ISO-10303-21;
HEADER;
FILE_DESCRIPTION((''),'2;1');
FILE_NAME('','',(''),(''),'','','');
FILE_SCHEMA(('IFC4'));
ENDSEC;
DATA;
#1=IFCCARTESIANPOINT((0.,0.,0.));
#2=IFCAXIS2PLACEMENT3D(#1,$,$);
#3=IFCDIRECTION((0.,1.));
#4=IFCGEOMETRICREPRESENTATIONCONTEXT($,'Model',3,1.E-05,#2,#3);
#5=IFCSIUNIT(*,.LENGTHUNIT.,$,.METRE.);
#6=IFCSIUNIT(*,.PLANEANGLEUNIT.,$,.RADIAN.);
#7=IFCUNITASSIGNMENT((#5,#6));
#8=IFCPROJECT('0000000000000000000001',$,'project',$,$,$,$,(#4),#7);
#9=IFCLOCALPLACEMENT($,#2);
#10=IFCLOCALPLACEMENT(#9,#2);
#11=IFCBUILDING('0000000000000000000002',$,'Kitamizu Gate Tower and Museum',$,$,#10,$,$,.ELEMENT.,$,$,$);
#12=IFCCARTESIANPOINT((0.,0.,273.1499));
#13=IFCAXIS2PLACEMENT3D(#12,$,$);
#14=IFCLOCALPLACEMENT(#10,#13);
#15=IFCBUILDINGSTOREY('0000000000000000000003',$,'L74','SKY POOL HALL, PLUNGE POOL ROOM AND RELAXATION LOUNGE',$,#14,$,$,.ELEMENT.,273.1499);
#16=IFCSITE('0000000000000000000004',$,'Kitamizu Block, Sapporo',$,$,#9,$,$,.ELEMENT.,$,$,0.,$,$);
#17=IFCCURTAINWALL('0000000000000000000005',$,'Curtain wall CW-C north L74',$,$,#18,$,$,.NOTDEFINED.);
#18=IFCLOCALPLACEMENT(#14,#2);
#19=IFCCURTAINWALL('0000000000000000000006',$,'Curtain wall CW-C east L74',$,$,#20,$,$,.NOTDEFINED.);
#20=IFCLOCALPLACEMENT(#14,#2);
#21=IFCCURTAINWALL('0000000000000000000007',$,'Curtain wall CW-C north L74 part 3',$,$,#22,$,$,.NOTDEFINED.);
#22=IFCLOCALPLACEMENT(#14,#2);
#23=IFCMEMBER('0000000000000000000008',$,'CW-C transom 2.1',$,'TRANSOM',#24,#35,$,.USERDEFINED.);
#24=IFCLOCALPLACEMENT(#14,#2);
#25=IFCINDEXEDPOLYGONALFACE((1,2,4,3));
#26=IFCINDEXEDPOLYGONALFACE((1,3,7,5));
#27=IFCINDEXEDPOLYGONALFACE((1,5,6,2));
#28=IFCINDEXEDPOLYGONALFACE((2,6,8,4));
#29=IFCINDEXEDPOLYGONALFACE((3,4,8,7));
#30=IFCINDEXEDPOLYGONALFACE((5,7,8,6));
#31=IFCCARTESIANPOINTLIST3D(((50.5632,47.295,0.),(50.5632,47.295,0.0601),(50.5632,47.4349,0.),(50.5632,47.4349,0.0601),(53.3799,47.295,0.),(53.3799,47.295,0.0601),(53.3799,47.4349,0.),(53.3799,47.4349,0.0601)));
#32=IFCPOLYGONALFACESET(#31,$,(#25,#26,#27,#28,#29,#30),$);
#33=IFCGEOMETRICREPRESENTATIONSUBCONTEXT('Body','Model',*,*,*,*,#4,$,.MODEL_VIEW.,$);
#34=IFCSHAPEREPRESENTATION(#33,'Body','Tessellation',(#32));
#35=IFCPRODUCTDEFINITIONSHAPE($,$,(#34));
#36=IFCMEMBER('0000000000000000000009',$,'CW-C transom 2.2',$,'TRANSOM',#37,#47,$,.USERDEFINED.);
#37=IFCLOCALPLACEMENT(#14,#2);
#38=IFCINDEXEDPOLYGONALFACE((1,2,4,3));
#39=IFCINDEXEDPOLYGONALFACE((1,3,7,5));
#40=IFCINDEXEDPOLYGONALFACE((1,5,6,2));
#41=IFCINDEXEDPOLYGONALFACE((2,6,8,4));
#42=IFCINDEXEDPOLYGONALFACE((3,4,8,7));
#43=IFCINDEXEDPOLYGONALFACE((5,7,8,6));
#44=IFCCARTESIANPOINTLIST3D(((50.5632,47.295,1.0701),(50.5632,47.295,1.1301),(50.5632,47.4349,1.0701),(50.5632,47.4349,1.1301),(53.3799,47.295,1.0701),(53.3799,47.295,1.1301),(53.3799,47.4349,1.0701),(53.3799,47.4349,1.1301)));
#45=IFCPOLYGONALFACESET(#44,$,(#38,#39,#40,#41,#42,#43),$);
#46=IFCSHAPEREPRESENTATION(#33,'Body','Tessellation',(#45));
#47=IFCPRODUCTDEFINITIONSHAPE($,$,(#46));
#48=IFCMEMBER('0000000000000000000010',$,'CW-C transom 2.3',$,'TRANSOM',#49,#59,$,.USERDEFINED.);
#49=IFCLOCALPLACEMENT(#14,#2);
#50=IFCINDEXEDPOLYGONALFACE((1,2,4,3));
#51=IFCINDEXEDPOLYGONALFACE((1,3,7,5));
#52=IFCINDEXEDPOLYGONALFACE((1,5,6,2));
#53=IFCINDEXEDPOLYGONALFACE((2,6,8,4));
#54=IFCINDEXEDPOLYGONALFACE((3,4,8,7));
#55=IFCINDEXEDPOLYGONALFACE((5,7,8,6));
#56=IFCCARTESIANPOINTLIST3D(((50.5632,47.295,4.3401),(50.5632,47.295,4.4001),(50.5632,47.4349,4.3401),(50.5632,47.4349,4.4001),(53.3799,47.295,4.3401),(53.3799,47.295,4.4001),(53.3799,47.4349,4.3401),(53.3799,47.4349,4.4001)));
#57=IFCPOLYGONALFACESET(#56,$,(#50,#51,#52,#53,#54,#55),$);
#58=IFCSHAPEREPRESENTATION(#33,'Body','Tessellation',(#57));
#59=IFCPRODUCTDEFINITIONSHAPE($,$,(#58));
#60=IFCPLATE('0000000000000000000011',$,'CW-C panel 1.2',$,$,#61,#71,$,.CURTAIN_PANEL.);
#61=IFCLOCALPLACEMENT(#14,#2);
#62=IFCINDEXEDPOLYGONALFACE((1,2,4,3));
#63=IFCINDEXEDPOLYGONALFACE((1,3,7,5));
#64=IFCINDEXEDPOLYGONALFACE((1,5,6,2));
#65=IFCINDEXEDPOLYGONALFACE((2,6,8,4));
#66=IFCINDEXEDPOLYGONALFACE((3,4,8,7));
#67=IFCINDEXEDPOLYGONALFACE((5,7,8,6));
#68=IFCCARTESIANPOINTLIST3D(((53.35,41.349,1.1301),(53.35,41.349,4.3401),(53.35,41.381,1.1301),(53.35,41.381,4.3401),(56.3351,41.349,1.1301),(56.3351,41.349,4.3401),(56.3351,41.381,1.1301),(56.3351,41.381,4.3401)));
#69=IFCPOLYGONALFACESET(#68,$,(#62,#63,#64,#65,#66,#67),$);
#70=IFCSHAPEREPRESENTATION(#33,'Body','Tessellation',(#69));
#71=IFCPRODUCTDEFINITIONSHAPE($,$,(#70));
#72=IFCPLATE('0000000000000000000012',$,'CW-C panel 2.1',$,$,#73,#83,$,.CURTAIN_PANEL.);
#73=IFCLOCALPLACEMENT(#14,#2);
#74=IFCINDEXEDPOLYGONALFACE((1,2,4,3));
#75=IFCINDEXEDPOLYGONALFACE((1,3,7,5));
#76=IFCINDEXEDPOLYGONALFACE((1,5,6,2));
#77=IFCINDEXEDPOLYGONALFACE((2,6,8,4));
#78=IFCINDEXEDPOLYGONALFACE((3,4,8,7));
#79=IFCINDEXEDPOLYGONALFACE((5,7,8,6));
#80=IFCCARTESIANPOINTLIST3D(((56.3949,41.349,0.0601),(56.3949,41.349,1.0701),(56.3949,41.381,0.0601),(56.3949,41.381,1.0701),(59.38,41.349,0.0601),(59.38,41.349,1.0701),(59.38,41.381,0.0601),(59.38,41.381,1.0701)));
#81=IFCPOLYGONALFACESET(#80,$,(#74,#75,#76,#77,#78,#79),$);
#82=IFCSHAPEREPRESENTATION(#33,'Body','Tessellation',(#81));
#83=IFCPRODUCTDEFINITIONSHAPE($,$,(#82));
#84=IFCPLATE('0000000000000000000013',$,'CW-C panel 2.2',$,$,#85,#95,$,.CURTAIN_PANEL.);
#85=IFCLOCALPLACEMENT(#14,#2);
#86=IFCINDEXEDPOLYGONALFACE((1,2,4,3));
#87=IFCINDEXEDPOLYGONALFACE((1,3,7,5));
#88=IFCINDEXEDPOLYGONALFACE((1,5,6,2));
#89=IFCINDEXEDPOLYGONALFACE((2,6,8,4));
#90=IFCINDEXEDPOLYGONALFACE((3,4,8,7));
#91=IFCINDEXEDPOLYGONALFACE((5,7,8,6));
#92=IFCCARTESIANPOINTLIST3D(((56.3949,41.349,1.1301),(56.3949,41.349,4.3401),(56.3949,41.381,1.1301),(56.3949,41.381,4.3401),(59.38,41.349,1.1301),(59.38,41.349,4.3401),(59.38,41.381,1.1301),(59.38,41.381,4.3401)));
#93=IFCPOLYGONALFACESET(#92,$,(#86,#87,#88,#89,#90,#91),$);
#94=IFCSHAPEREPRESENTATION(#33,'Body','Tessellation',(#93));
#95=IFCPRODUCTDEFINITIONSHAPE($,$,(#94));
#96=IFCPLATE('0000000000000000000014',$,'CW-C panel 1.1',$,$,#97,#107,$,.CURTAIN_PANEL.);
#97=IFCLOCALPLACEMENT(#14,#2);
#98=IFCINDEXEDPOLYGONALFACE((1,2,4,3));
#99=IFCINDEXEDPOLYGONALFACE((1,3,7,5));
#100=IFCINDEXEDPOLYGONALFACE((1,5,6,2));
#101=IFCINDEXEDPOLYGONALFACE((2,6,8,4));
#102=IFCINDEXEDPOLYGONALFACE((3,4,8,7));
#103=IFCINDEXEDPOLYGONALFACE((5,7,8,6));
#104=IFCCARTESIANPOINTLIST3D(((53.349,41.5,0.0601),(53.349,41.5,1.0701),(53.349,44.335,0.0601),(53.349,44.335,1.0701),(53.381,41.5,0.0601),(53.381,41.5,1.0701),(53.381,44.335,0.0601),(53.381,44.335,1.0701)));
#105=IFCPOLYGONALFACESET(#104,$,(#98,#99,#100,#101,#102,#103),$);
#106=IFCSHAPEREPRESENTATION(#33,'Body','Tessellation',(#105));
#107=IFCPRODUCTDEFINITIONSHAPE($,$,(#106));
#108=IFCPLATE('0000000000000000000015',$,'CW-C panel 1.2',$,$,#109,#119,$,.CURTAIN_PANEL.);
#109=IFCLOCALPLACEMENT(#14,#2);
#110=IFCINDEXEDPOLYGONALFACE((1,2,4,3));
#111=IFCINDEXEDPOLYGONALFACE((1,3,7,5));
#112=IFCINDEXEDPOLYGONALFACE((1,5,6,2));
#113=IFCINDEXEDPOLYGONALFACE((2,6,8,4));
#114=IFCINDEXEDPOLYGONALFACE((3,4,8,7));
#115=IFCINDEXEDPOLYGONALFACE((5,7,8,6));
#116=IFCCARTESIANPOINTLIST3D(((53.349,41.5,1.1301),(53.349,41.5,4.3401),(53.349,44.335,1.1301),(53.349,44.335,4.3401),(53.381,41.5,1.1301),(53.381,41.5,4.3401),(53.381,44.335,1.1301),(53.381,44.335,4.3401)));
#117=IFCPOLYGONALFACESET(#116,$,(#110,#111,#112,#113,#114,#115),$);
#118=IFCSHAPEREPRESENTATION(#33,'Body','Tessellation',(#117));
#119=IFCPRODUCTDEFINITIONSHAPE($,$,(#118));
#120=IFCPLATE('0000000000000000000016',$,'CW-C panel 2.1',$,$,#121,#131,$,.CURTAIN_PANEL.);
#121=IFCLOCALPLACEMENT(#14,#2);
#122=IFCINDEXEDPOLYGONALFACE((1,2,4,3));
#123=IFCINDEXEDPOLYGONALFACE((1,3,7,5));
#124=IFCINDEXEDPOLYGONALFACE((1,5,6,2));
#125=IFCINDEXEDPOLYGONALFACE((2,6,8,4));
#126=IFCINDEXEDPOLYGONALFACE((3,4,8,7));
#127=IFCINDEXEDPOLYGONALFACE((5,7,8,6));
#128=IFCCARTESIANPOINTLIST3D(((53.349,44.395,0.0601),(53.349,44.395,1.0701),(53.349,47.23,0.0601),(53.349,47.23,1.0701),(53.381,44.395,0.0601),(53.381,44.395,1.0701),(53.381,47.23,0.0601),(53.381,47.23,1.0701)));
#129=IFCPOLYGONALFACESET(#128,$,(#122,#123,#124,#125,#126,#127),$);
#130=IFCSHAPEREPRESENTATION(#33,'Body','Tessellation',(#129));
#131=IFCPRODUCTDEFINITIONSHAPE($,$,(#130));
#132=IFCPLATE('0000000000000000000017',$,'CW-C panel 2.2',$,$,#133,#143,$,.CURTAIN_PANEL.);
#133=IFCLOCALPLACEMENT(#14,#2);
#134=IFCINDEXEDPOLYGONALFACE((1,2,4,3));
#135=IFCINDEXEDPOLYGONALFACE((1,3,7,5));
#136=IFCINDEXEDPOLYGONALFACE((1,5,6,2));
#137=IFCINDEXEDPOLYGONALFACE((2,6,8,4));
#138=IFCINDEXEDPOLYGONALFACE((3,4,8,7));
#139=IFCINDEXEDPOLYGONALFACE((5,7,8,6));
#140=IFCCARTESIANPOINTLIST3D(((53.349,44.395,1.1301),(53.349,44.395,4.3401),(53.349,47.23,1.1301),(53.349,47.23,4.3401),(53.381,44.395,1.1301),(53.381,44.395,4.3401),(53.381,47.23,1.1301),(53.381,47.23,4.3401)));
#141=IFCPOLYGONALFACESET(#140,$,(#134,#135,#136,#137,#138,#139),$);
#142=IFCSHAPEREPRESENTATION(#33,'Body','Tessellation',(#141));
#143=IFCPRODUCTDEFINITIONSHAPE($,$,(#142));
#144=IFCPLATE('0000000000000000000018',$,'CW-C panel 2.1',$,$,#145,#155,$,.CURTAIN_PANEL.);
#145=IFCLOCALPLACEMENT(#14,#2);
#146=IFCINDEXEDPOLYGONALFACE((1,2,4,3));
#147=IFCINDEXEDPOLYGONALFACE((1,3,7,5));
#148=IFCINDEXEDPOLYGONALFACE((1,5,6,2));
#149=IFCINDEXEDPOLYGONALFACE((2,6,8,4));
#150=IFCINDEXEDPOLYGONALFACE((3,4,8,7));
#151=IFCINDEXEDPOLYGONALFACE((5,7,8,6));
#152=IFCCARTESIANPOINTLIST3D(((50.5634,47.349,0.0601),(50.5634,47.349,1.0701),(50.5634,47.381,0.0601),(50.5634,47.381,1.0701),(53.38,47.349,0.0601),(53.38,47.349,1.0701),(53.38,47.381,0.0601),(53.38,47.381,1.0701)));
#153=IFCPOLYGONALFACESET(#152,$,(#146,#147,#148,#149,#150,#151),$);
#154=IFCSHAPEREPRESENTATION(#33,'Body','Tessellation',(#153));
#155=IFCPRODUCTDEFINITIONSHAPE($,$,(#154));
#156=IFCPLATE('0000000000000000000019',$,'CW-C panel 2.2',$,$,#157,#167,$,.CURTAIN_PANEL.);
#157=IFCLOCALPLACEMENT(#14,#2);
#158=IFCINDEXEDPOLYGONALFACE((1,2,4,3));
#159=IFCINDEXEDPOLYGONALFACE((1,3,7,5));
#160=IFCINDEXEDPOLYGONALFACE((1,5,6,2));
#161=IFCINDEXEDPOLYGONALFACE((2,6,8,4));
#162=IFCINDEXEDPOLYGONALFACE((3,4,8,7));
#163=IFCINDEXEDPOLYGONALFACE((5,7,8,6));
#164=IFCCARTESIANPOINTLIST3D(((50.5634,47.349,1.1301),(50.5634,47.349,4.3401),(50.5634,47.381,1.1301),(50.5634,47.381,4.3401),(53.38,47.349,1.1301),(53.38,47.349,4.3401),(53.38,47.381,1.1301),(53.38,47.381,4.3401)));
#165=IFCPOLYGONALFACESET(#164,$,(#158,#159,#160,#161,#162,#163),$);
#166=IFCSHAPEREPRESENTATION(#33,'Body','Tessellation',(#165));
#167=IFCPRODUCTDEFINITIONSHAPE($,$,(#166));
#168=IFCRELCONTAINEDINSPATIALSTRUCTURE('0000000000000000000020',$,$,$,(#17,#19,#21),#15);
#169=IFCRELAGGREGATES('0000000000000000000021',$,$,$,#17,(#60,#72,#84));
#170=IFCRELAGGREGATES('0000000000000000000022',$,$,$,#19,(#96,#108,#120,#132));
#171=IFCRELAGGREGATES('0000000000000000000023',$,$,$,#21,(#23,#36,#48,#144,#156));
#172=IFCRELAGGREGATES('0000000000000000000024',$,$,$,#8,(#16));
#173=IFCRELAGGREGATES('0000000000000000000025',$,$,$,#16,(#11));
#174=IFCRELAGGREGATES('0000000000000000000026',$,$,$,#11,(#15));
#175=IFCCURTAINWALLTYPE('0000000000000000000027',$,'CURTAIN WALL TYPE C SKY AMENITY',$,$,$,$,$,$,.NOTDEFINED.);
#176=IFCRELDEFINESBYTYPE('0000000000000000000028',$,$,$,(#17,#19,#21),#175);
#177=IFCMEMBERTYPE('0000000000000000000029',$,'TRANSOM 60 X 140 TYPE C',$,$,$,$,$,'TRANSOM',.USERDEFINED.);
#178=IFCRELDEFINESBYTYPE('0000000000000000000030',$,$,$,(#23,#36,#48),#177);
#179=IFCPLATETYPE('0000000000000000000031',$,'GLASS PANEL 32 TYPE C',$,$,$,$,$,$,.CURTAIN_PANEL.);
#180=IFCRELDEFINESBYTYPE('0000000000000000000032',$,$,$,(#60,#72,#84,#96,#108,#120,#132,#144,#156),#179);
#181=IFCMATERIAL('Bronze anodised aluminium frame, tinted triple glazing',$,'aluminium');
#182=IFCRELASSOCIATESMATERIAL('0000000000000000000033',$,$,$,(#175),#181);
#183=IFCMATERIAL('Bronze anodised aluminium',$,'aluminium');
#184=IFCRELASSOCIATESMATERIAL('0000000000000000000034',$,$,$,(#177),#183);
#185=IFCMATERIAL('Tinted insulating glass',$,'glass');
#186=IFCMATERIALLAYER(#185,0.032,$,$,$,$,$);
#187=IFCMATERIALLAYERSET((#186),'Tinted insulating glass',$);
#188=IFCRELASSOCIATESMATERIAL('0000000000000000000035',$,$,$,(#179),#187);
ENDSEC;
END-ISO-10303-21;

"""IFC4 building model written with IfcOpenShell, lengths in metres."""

from ifc_helpers import new_model, si_unit, direction, frame, origin, origin_2d, place, context, subcontext, project, spatial, rectangle, extrude, material, layer, layer_set, material_profile, profile_set, type_object, element, aggregate, save


model = new_model("IFC4")

# Units and contexts
model_context = context("Model", 3, precision=1e-05, world=origin(), true_north=direction((0.0, 1.0)))
body_context = subcontext(model_context, "Body", "Model", "MODEL_VIEW")
ifc_project = project(units=[si_unit("LENGTHUNIT", "METRE"), si_unit("PLANEANGLEUNIT", "RADIAN")], contexts=[model_context])

# Site, building, storey
site_placement = place(None, origin())
site = spatial("IfcSite", under=ifc_project, at=site_placement, Name="Kitamizu Block, Sapporo", CompositionType="ELEMENT", RefElevation=0.0)
building_placement = place(site_placement, origin())
building = spatial("IfcBuilding", under=site, at=building_placement, Name="Kitamizu Gate Tower and Museum", CompositionType="ELEMENT")
storey_placement = place(building_placement, frame((0.0, 0.0, 273.1499)))
storey = spatial("IfcBuildingStorey", under=building, at=storey_placement, Name="L74", Description="SKY POOL HALL, PLUNGE POOL ROOM AND RELAXATION LOUNGE", CompositionType="ELEMENT", Elevation=273.1499)

# Curtain walls
ifc_material_1 = material(Name="Bronze anodised aluminium frame, tinted triple glazing", Category="aluminium")
curtain_wall_type = type_object("IfcCurtainWallType", Name="CURTAIN WALL TYPE C SKY AMENITY", PredefinedType="NOTDEFINED", material=ifc_material_1)
curtain_wall_1_placement = place(storey_placement, origin())
curtain_wall_1 = element("IfcCurtainWall", 1, at=curtain_wall_1_placement, inside=storey, type_object=curtain_wall_type, Name="Curtain wall CW-C north L74", PredefinedType="NOTDEFINED")
curtain_wall_2_placement = place(storey_placement, origin())
curtain_wall_2 = element("IfcCurtainWall", 2, at=curtain_wall_2_placement, inside=storey, type_object=curtain_wall_type, Name="Curtain wall CW-C east L74", PredefinedType="NOTDEFINED")

# Curtain wall
curtain_wall_3_placement = place(storey_placement, origin())
curtain_wall_3 = element("IfcCurtainWall", 3, at=curtain_wall_3_placement, inside=storey, type_object=curtain_wall_type, Name="Curtain wall CW-C north L74 part 3", PredefinedType="NOTDEFINED")

# Members
ifc_material_2 = material(Name="Bronze anodised aluminium", Category="aluminium")
ifc_material_profile_1 = material_profile(ifc_material_2, rectangle(XDim=0.1399, YDim=0.0601, at=origin_2d()), Name="AL 60X140")
ifc_profile_set_1 = profile_set([ifc_material_profile_1], Name="Bronze anodised aluminium")
member_type_1 = type_object("IfcMemberType", Name="TRANSOM 60 X 140 TYPE C", ElementType="TRANSOM", PredefinedType="USERDEFINED", material=ifc_profile_set_1)
member_1_placement = place(storey_placement, frame((50.5632, 47.365, 0.03), z_axis=(1.0, 0.0, 0.0), x_axis=(0.0, 1.0, 0.0)))
member_1 = element("IfcMember", 4, at=member_1_placement, type_object=member_type_1, Name="CW-C transom 2.1", ObjectType="TRANSOM", PredefinedType="USERDEFINED", context=body_context, shape_type="SweptSolid", body=[
    extrude(rectangle(XDim=0.1399, YDim=0.0601, at=origin_2d()), origin(), (0.0, 0.0, 1.0), 2.8167),
])
member_2_placement = place(storey_placement, frame((50.5632, 47.365, 1.1001), z_axis=(1.0, 0.0, 0.0), x_axis=(0.0, 1.0, 0.0)))
member_2 = element("IfcMember", 5, at=member_2_placement, type_object=member_type_1, Name="CW-C transom 2.2", ObjectType="TRANSOM", PredefinedType="USERDEFINED", context=body_context, shape_type="SweptSolid", body=[
    extrude(rectangle(XDim=0.1399, YDim=0.0601, at=origin_2d()), origin(), (0.0, 0.0, 1.0), 2.8167),
])
member_3_placement = place(storey_placement, frame((50.5632, 47.365, 4.3701), z_axis=(1.0, 0.0, 0.0), x_axis=(0.0, 1.0, 0.0)))
member_3 = element("IfcMember", 6, at=member_3_placement, type_object=member_type_1, Name="CW-C transom 2.3", ObjectType="TRANSOM", PredefinedType="USERDEFINED", context=body_context, shape_type="SweptSolid", body=[
    extrude(rectangle(XDim=0.1399, YDim=0.0601, at=origin_2d()), origin(), (0.0, 0.0, 1.0), 2.8167),
])

# Plates
ifc_material_3 = material(Name="Tinted insulating glass", Category="glass")
ifc_layer = layer(ifc_material_3, 0.032)
ifc_layer_set = layer_set([ifc_layer], Name="Tinted insulating glass")
plate_type = type_object("IfcPlateType", Name="GLASS PANEL 32 TYPE C", PredefinedType="CURTAIN_PANEL", material=ifc_layer_set)
plate_1_placement = place(storey_placement, frame((54.8425, 41.365, 1.1301), z_axis=(0.0, 0.0, 1.0), x_axis=(1.0, 0.0, 0.0)))
plate_1 = element("IfcPlate", 7, at=plate_1_placement, type_object=plate_type, Name="CW-C panel 1.2", PredefinedType="CURTAIN_PANEL", context=body_context, shape_type="SweptSolid", body=[
    extrude(rectangle(XDim=2.9851, YDim=0.032, at=origin_2d()), origin(), (0.0, 0.0, 1.0), 3.21),
])
plate_2_placement = place(storey_placement, frame((57.8875, 41.365, 0.0601), z_axis=(0.0, 0.0, 1.0), x_axis=(1.0, 0.0, 0.0)))
plate_2 = element("IfcPlate", 8, at=plate_2_placement, type_object=plate_type, Name="CW-C panel 2.1", PredefinedType="CURTAIN_PANEL", context=body_context, shape_type="SweptSolid", body=[
    extrude(rectangle(XDim=2.9851, YDim=0.032, at=origin_2d()), origin(), (0.0, 0.0, 1.0), 1.01),
])
plate_3_placement = place(storey_placement, frame((57.8875, 41.365, 1.1301), z_axis=(0.0, 0.0, 1.0), x_axis=(1.0, 0.0, 0.0)))
plate_3 = element("IfcPlate", 9, at=plate_3_placement, type_object=plate_type, Name="CW-C panel 2.2", PredefinedType="CURTAIN_PANEL", context=body_context, shape_type="SweptSolid", body=[
    extrude(rectangle(XDim=2.9851, YDim=0.032, at=origin_2d()), origin(), (0.0, 0.0, 1.0), 3.21),
])
aggregate(curtain_wall_1, [plate_1, plate_2, plate_3])
plate_4_placement = place(storey_placement, frame((53.365, 42.9175, 0.0601), z_axis=(0.0, 0.0, 1.0), x_axis=(0.0, 1.0, 0.0)))
plate_4 = element("IfcPlate", 10, at=plate_4_placement, type_object=plate_type, Name="CW-C panel 1.1", PredefinedType="CURTAIN_PANEL", context=body_context, shape_type="SweptSolid", body=[
    extrude(rectangle(XDim=2.835, YDim=0.032, at=origin_2d()), origin(), (0.0, 0.0, 1.0), 1.01),
])
plate_5_placement = place(storey_placement, frame((53.365, 42.9175, 1.1301), z_axis=(0.0, 0.0, 1.0), x_axis=(0.0, 1.0, 0.0)))
plate_5 = element("IfcPlate", 11, at=plate_5_placement, type_object=plate_type, Name="CW-C panel 1.2", PredefinedType="CURTAIN_PANEL", context=body_context, shape_type="SweptSolid", body=[
    extrude(rectangle(XDim=2.835, YDim=0.032, at=origin_2d()), origin(), (0.0, 0.0, 1.0), 3.21),
])
plate_6_placement = place(storey_placement, frame((53.365, 45.8125, 0.0601), z_axis=(0.0, 0.0, 1.0), x_axis=(0.0, 1.0, 0.0)))
plate_6 = element("IfcPlate", 12, at=plate_6_placement, type_object=plate_type, Name="CW-C panel 2.1", PredefinedType="CURTAIN_PANEL", context=body_context, shape_type="SweptSolid", body=[
    extrude(rectangle(XDim=2.835, YDim=0.032, at=origin_2d()), origin(), (0.0, 0.0, 1.0), 1.01),
])
plate_7_placement = place(storey_placement, frame((53.365, 45.8125, 1.1301), z_axis=(0.0, 0.0, 1.0), x_axis=(0.0, 1.0, 0.0)))
plate_7 = element("IfcPlate", 13, at=plate_7_placement, type_object=plate_type, Name="CW-C panel 2.2", PredefinedType="CURTAIN_PANEL", context=body_context, shape_type="SweptSolid", body=[
    extrude(rectangle(XDim=2.835, YDim=0.032, at=origin_2d()), origin(), (0.0, 0.0, 1.0), 3.21),
])
aggregate(curtain_wall_2, [plate_4, plate_5, plate_6, plate_7])
plate_8_placement = place(storey_placement, frame((51.9717, 47.365, 0.0601), z_axis=(0.0, 0.0, 1.0), x_axis=(1.0, 0.0, 0.0)))
plate_8 = element("IfcPlate", 14, at=plate_8_placement, type_object=plate_type, Name="CW-C panel 2.1", PredefinedType="CURTAIN_PANEL", context=body_context, shape_type="SweptSolid", body=[
    extrude(rectangle(XDim=2.8167, YDim=0.032, at=origin_2d()), origin(), (0.0, 0.0, 1.0), 1.01),
])
plate_9_placement = place(storey_placement, frame((51.9717, 47.365, 1.1301), z_axis=(0.0, 0.0, 1.0), x_axis=(1.0, 0.0, 0.0)))
plate_9 = element("IfcPlate", 15, at=plate_9_placement, type_object=plate_type, Name="CW-C panel 2.2", PredefinedType="CURTAIN_PANEL", context=body_context, shape_type="SweptSolid", body=[
    extrude(rectangle(XDim=2.8167, YDim=0.032, at=origin_2d()), origin(), (0.0, 0.0, 1.0), 3.21),
])
aggregate(curtain_wall_3, [member_1, member_2, member_3, plate_8, plate_9])

save(model, "model.ifc")
